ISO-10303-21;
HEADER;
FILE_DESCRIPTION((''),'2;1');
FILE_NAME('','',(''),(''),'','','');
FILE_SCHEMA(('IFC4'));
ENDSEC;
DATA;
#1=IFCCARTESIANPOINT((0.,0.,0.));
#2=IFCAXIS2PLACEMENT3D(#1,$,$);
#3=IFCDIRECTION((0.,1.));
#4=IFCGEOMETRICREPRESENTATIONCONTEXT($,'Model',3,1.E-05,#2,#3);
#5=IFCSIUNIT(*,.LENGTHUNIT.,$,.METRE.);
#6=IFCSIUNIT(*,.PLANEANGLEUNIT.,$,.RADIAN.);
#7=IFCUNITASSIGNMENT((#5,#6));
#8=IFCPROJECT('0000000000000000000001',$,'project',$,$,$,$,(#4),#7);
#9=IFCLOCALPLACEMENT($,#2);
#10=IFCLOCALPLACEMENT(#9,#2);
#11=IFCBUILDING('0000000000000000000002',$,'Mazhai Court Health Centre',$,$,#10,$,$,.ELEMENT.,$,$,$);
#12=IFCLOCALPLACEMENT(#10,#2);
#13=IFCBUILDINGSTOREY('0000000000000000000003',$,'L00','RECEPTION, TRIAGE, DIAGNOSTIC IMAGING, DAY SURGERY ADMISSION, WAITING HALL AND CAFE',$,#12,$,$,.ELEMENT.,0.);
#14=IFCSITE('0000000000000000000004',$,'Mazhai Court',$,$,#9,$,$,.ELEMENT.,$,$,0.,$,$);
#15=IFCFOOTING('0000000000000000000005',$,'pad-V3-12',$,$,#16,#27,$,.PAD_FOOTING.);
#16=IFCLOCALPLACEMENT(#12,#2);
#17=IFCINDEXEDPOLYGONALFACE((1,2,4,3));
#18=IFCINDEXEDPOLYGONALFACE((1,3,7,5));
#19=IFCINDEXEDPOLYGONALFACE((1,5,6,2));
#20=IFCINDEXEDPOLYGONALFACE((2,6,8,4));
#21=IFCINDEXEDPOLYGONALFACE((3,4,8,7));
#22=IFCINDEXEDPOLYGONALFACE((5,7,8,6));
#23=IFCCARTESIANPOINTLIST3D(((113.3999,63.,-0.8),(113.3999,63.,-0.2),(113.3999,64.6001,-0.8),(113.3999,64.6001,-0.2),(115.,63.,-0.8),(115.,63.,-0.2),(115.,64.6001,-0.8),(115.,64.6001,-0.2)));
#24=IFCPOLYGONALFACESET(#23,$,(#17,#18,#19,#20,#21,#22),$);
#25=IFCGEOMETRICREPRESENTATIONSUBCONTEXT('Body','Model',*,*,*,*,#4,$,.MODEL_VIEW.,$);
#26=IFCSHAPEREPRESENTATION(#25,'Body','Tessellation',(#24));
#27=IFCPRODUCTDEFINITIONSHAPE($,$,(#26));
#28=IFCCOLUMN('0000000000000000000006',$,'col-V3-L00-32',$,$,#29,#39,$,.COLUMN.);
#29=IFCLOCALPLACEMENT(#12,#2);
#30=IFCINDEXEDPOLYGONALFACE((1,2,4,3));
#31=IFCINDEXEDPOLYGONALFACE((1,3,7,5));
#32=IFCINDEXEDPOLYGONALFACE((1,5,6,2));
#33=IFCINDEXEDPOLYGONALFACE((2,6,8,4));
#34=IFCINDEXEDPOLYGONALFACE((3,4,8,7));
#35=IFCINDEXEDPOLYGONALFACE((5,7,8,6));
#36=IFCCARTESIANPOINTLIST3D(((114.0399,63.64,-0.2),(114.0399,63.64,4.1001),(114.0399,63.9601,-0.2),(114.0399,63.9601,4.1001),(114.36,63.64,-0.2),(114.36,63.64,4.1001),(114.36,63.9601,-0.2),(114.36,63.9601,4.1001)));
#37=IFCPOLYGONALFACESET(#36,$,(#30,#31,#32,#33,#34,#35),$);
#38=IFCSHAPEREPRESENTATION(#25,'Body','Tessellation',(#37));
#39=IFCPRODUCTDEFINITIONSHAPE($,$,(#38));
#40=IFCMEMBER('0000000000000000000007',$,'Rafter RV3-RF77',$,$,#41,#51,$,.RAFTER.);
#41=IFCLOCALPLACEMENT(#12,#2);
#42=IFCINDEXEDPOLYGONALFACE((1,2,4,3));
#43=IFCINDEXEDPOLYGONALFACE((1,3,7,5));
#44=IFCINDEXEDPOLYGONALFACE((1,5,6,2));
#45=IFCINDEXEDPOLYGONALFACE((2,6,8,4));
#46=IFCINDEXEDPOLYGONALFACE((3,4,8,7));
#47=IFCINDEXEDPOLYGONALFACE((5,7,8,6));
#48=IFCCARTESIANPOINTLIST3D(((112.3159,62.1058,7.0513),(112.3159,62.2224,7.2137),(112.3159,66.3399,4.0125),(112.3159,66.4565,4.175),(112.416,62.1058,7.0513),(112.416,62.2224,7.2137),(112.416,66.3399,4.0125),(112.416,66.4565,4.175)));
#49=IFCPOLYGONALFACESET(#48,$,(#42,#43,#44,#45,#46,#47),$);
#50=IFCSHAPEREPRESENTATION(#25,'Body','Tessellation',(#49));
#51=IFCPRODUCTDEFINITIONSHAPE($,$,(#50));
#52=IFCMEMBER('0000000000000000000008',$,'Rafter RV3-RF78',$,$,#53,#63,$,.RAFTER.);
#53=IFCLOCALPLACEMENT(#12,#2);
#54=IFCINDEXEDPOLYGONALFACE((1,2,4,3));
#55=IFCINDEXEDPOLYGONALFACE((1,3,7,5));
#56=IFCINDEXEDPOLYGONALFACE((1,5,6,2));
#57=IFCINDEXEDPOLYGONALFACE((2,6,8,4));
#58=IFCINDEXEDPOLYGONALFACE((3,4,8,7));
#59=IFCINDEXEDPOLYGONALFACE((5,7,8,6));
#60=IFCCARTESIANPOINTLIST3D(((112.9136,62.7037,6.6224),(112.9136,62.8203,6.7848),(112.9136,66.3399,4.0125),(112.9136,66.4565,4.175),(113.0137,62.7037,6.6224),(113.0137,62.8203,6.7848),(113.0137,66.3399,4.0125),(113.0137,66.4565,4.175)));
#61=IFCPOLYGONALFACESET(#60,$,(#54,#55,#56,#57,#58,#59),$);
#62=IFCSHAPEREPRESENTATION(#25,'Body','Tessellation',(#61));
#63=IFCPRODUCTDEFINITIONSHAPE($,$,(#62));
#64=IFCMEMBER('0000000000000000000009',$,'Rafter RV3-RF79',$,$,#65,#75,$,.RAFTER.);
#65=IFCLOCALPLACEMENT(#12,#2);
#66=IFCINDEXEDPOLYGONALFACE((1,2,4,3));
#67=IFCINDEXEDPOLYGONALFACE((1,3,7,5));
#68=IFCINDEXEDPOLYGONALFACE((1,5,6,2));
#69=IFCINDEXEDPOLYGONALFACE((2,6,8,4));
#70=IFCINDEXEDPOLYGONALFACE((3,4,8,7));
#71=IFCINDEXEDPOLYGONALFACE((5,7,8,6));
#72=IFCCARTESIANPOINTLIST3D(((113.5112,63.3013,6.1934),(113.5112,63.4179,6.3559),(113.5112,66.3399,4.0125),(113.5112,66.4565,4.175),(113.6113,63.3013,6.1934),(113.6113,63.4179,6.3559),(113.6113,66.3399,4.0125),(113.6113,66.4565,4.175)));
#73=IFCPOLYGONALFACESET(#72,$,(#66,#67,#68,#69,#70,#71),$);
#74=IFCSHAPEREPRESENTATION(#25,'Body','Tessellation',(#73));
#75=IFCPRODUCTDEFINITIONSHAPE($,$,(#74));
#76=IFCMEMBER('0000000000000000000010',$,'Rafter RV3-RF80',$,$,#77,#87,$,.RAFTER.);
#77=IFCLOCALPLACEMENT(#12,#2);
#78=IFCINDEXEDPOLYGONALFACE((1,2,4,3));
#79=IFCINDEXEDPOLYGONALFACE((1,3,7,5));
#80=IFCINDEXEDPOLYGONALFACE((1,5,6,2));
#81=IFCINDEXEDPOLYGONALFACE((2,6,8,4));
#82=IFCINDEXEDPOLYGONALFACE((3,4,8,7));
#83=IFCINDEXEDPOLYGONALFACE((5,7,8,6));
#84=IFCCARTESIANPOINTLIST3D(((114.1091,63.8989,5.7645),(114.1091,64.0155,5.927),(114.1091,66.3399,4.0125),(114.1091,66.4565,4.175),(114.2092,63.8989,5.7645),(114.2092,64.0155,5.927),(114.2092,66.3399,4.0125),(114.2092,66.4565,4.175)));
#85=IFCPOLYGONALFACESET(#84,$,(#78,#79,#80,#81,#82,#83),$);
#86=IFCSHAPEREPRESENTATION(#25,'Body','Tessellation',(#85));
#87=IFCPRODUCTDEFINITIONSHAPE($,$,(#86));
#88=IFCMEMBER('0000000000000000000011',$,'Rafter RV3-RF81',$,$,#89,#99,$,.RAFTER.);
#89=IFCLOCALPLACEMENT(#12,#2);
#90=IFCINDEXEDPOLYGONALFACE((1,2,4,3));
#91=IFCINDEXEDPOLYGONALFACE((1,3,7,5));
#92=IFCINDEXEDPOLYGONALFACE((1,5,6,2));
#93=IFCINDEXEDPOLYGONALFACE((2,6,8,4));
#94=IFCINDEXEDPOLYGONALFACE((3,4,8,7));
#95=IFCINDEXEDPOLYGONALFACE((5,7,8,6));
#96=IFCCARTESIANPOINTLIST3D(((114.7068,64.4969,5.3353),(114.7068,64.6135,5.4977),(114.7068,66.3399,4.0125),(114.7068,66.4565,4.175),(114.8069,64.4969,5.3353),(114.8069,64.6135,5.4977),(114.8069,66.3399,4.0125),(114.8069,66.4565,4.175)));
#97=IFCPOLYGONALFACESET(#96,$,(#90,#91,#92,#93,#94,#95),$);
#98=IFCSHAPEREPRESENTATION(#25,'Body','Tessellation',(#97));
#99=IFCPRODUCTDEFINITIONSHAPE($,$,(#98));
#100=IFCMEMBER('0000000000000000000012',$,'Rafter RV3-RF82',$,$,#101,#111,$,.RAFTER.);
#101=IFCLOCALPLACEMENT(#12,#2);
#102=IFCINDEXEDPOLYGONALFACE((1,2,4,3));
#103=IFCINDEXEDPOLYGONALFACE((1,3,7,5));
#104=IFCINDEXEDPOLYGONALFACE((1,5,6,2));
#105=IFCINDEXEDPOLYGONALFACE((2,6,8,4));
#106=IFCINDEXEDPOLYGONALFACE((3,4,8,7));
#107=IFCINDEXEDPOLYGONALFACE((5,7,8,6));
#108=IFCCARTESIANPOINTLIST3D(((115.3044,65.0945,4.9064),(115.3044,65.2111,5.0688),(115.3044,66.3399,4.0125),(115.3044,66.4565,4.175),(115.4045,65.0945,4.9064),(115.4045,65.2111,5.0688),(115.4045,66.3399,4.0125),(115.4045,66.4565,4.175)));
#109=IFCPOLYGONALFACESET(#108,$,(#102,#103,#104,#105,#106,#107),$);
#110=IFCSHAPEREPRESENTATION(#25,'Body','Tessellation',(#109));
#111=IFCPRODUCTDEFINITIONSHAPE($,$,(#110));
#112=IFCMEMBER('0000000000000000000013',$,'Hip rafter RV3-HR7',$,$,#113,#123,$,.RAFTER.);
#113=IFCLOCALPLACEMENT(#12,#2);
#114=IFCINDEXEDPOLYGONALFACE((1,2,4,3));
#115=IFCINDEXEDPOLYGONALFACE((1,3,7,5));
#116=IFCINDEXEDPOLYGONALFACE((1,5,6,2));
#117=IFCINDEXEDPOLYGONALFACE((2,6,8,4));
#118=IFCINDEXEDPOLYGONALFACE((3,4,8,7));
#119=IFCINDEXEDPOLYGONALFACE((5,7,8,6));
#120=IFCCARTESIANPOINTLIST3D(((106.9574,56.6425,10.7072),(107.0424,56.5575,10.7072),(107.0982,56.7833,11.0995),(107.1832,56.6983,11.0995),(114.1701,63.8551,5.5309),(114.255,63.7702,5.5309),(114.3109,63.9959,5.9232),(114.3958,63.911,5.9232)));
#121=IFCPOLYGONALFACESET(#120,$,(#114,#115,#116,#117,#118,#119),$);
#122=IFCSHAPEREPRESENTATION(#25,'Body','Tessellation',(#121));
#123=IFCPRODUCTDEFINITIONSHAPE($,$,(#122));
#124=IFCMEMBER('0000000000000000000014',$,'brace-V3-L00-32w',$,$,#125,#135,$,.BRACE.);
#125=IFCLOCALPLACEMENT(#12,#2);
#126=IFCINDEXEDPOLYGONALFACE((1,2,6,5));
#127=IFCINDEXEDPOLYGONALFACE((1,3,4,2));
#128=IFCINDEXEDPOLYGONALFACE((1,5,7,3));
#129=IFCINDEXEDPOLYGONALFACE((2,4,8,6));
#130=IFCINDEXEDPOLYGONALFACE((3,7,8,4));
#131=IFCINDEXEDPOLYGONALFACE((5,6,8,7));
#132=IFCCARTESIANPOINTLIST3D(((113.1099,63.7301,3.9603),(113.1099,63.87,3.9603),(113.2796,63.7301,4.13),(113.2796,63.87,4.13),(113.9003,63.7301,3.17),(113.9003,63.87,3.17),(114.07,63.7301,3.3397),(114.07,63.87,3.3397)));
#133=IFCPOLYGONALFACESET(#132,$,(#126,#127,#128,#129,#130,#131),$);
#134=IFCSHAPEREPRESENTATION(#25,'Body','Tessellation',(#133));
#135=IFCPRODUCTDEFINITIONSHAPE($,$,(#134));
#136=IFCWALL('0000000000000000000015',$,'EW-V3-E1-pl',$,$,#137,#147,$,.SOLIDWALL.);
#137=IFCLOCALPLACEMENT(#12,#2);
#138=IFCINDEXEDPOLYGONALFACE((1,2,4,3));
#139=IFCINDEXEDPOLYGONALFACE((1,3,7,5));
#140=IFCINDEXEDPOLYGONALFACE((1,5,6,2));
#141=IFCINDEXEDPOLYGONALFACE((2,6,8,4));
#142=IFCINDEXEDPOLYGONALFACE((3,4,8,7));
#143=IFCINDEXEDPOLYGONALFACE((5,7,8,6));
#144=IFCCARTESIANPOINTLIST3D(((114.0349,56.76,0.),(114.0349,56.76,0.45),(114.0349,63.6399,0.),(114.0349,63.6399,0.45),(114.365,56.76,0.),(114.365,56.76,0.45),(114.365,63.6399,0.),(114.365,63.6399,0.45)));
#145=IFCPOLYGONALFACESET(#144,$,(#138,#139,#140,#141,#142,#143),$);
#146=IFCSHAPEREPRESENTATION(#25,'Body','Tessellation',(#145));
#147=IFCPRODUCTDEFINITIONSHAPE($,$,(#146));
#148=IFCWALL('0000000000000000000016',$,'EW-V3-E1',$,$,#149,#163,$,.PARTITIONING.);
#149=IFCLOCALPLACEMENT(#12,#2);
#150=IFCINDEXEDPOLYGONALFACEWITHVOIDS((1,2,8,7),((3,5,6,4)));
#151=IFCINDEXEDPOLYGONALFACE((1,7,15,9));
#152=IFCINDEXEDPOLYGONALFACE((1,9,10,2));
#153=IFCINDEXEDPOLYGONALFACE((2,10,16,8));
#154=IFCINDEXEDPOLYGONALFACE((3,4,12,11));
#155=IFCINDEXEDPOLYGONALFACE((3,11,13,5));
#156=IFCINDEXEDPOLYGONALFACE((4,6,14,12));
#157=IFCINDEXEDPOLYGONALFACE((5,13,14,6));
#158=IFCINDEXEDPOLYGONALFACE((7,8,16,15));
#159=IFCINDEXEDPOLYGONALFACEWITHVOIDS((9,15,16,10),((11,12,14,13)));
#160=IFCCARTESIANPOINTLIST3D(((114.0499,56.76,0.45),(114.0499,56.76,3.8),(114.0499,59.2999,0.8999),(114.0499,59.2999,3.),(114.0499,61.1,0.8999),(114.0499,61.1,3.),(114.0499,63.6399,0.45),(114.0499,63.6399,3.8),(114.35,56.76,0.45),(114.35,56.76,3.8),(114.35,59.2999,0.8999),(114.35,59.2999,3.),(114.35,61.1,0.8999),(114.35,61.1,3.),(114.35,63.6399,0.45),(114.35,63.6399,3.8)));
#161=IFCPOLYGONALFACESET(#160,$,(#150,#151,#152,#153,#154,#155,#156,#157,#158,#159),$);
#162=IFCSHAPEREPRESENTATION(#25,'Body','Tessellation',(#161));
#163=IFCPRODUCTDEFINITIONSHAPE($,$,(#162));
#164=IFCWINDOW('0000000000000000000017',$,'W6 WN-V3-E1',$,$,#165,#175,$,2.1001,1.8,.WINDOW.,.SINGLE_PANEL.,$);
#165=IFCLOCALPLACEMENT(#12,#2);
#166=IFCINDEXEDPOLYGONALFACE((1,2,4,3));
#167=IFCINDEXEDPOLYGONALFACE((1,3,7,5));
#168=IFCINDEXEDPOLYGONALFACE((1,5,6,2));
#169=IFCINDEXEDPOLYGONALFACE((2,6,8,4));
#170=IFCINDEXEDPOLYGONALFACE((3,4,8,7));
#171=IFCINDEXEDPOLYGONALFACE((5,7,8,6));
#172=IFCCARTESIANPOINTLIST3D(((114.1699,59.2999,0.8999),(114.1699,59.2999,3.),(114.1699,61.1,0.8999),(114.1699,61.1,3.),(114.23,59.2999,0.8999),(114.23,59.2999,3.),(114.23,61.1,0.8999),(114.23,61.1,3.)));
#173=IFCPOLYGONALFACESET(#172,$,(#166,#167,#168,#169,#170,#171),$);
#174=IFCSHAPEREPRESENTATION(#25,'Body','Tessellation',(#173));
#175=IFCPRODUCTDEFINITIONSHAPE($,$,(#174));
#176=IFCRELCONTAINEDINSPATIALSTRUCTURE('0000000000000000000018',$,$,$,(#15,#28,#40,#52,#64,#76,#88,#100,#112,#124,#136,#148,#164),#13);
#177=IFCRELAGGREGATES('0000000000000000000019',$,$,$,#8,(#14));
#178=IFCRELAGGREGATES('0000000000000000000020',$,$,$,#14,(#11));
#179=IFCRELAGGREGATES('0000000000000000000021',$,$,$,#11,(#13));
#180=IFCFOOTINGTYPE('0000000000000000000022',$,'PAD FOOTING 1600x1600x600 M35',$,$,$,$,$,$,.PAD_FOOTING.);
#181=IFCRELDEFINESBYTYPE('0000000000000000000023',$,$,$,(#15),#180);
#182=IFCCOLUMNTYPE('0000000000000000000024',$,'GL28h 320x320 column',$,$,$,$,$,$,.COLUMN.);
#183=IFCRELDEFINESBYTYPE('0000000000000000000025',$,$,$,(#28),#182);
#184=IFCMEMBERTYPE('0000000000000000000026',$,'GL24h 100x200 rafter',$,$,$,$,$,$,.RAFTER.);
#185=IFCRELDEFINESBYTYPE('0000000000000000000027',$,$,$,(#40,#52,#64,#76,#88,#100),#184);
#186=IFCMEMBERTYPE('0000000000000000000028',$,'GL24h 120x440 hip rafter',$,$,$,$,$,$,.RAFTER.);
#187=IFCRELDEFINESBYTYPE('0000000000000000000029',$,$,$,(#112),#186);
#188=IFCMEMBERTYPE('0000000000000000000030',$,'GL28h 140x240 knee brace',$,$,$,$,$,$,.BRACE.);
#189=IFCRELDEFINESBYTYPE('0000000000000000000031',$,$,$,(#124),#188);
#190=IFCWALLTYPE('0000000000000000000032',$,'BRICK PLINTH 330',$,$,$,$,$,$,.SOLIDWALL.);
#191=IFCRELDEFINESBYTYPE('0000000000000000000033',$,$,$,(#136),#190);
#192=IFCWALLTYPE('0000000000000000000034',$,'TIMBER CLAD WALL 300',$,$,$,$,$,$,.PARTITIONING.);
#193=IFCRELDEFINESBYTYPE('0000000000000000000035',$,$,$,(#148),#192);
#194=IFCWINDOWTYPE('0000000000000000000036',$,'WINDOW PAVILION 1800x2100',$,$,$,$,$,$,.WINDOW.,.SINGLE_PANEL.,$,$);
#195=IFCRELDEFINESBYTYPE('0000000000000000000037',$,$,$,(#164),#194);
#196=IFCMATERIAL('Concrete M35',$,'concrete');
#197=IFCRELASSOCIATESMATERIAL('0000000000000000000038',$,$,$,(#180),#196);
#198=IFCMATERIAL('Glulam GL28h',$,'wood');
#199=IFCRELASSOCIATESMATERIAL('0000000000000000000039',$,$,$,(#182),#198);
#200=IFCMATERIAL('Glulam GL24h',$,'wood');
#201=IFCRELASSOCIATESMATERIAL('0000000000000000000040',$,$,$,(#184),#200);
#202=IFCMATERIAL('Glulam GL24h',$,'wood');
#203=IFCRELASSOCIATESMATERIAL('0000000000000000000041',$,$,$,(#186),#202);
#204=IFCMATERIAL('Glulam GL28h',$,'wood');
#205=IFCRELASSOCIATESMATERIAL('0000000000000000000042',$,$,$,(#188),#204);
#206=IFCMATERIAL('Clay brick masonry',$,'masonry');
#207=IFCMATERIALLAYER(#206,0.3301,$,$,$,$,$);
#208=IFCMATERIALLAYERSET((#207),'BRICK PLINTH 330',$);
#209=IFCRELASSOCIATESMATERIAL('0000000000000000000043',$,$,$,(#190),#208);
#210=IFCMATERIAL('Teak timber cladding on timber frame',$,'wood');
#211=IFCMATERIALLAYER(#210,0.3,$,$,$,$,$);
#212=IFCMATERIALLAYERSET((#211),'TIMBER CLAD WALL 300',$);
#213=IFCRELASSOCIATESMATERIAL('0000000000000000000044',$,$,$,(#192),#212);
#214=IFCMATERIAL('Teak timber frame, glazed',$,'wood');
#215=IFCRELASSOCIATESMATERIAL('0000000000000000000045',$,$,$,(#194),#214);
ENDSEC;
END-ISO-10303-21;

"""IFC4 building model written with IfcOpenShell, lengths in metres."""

from ifc_helpers import new_model, si_unit, direction, frame, frame_2d, origin, origin_2d, place, context, subcontext, project, spatial, rectangle, extrude, material, layer, layer_set, material_profile, profile_set, type_object, element, fill, save


model = new_model("IFC4")

# Units and contexts
model_context = context("Model", 3, precision=1e-05, world=origin(), true_north=direction((0.0, 1.0)))
body_context = subcontext(model_context, "Body", "Model", "MODEL_VIEW")
ifc_project = project(units=[si_unit("LENGTHUNIT", "METRE"), si_unit("PLANEANGLEUNIT", "RADIAN")], contexts=[model_context])

# Site, building, storey
site_placement = place(None, origin())
site = spatial("IfcSite", under=ifc_project, at=site_placement, Name="Mazhai Court", CompositionType="ELEMENT", RefElevation=0.0)
building_placement = place(site_placement, origin())
building = spatial("IfcBuilding", under=site, at=building_placement, Name="Mazhai Court Health Centre", CompositionType="ELEMENT")
storey_placement = place(building_placement, origin())
storey = spatial("IfcBuildingStorey", under=building, at=storey_placement, Name="L00", Description="RECEPTION, TRIAGE, DIAGNOSTIC IMAGING, DAY SURGERY ADMISSION, WAITING HALL AND CAFE", CompositionType="ELEMENT", Elevation=0.0)

# Footing
ifc_material_1 = material(Name="Concrete M35", Category="concrete")
footing_type = type_object("IfcFootingType", Name="PAD FOOTING 1600x1600x600 M35", PredefinedType="PAD_FOOTING", material=ifc_material_1)
footing_placement = place(storey_placement, frame((114.2, 63.8, -0.8), z_axis=(0.0, 0.0, 1.0), x_axis=(1.0, 0.0, 0.0)))
element("IfcFooting", 1, at=footing_placement, inside=storey, type_object=footing_type, Name="pad-V3-12", PredefinedType="PAD_FOOTING", context=body_context, shape_type="SweptSolid", body=[
    extrude(rectangle(XDim=1.6001, YDim=1.6001, at=origin_2d()), origin(), (0.0, 0.0, 1.0), 0.6001),
])

# Column
ifc_material_2 = material(Name="Glulam GL28h", Category="wood")
ifc_material_profile_1 = material_profile(ifc_material_2, rectangle(XDim=0.3201, YDim=0.3201, at=origin_2d()), Name="GL28h 320x320")
ifc_profile_set_1 = profile_set([ifc_material_profile_1], Name="Glulam GL28h")
column_type = type_object("IfcColumnType", Name="GL28h 320x320 column", PredefinedType="COLUMN", material=ifc_profile_set_1)
column_placement = place(storey_placement, frame((114.2, 63.8, -0.2), z_axis=(0.0, 0.0, 1.0), x_axis=(1.0, 0.0, 0.0)))
element("IfcColumn", 2, at=column_placement, inside=storey, type_object=column_type, Name="col-V3-L00-32", PredefinedType="COLUMN", context=body_context, shape_type="SweptSolid", body=[
    extrude(rectangle(XDim=0.3201, YDim=0.3201, at=origin_2d()), origin(), (0.0, 0.0, 1.0), 4.3),
])

# Members
ifc_material_3 = material(Name="Glulam GL24h", Category="wood")
ifc_material_profile_2 = material_profile(ifc_material_3, rectangle(XDim=0.1001, YDim=0.2, at=origin_2d()), Name="GL24h 100x200")
ifc_profile_set_2 = profile_set([ifc_material_profile_2], Name="Glulam GL24h")
member_type_1 = type_object("IfcMemberType", Name="GL24h 100x200 rafter", PredefinedType="RAFTER", material=ifc_profile_set_2)
member_1_placement = place(storey_placement, frame((112.366, 66.3982, 4.0938), z_axis=(0.0, -0.812421, 0.583071), x_axis=(1.0, 0.0, 0.0)))
element("IfcMember", 3, at=member_1_placement, inside=storey, type_object=member_type_1, Name="Rafter RV3-RF77", PredefinedType="RAFTER", context=body_context, shape_type="SweptSolid", body=[
    extrude(rectangle(XDim=0.1001, YDim=0.2, at=origin_2d()), origin(), (0.0, 0.0, 1.0), 5.2117),
])
member_2_placement = place(storey_placement, frame((112.9636, 66.3982, 4.0938), z_axis=(0.0, -0.812405, 0.583094), x_axis=(1.0, 0.0, 0.0)))
element("IfcMember", 4, at=member_2_placement, inside=storey, type_object=member_type_1, Name="Rafter RV3-RF78", PredefinedType="RAFTER", context=body_context, shape_type="SweptSolid", body=[
    extrude(rectangle(XDim=0.1001, YDim=0.2, at=origin_2d()), origin(), (0.0, 0.0, 1.0), 4.4758),
])
member_3_placement = place(storey_placement, frame((113.5613, 66.3982, 4.0938), z_axis=(0.0, -0.812404, 0.583095), x_axis=(1.0, 0.0, 0.0)))
element("IfcMember", 5, at=member_3_placement, inside=storey, type_object=member_type_1, Name="Rafter RV3-RF79", PredefinedType="RAFTER", context=body_context, shape_type="SweptSolid", body=[
    extrude(rectangle(XDim=0.1001, YDim=0.2, at=origin_2d()), origin(), (0.0, 0.0, 1.0), 3.7402),
])
member_4_placement = place(storey_placement, frame((114.1592, 66.3982, 4.0938), z_axis=(0.0, -0.812403, 0.583097), x_axis=(1.0, 0.0, 0.0)))
element("IfcMember", 6, at=member_4_placement, inside=storey, type_object=member_type_1, Name="Rafter RV3-RF80", PredefinedType="RAFTER", context=body_context, shape_type="SweptSolid", body=[
    extrude(rectangle(XDim=0.1001, YDim=0.2, at=origin_2d()), origin(), (0.0, 0.0, 1.0), 3.0046),
])
member_5_placement = place(storey_placement, frame((114.7568, 66.3982, 4.0938), z_axis=(0.0, -0.812415, 0.583079), x_axis=(1.0, 0.0, 0.0)))
element("IfcMember", 7, at=member_5_placement, inside=storey, type_object=member_type_1, Name="Rafter RV3-RF81", PredefinedType="RAFTER", context=body_context, shape_type="SweptSolid", body=[
    extrude(rectangle(XDim=0.1001, YDim=0.2, at=origin_2d()), origin(), (0.0, 0.0, 1.0), 2.2686),
])
member_6_placement = place(storey_placement, frame((115.3545, 66.3982, 4.0938), z_axis=(0.0, -0.812419, 0.583075), x_axis=(1.0, 0.0, 0.0)))
element("IfcMember", 8, at=member_6_placement, inside=storey, type_object=member_type_1, Name="Rafter RV3-RF82", PredefinedType="RAFTER", context=body_context, shape_type="SweptSolid", body=[
    extrude(rectangle(XDim=0.1001, YDim=0.2, at=origin_2d()), origin(), (0.0, 0.0, 1.0), 1.533),
])
ifc_material_4 = material(Name="Glulam GL24h", Category="wood")
ifc_material_profile_3 = material_profile(ifc_material_4, rectangle(XDim=0.1201, YDim=0.4399, at=origin_2d()), Name="GL24h 120x440")
ifc_profile_set_3 = profile_set([ifc_material_profile_3], Name="Glulam GL24h")
member_type_2 = type_object("IfcMemberType", Name="GL24h 120x440 hip rafter", PredefinedType="RAFTER", material=ifc_profile_set_3)
member_7_placement = place(storey_placement, frame((114.283, 63.8831, 5.7271), z_axis=(-0.630561, -0.630561, 0.452532), x_axis=(0.707107, -0.707107, 0.0)))
element("IfcMember", 9, at=member_7_placement, inside=storey, type_object=member_type_2, Name="Hip rafter RV3-HR7", PredefinedType="RAFTER", context=body_context, shape_type="SweptSolid", body=[
    extrude(rectangle(XDim=0.1201, YDim=0.4399, at=origin_2d()), origin(), (0.0, 0.0, 1.0), 11.4385),
])
ifc_material_5 = material(Name="Glulam GL28h", Category="wood")
ifc_material_profile_4 = material_profile(ifc_material_5, rectangle(XDim=0.1399, YDim=0.24, at=origin_2d()), Name="GL28h 140x240")
ifc_profile_set_4 = profile_set([ifc_material_profile_4], Name="Glulam GL28h")
member_type_3 = type_object("IfcMemberType", Name="GL28h 140x240 knee brace", PredefinedType="BRACE", material=ifc_profile_set_4)
member_8_placement = place(storey_placement, frame((113.9851, 63.8, 3.2549), z_axis=(-0.707107, 0.0, 0.707107), x_axis=(0.0, -1.0, 0.0)))
element("IfcMember", 10, at=member_8_placement, inside=storey, type_object=member_type_3, Name="brace-V3-L00-32w", PredefinedType="BRACE", context=body_context, shape_type="SweptSolid", body=[
    extrude(rectangle(XDim=0.1399, YDim=0.24, at=origin_2d()), origin(), (0.0, 0.0, 1.0), 1.1177),
])

# Wall
ifc_material_6 = material(Name="Clay brick masonry", Category="masonry")
ifc_layer_1 = layer(ifc_material_6, 0.3301)
ifc_layer_set_1 = layer_set([ifc_layer_1], Name="BRICK PLINTH 330")
wall_type_1 = type_object("IfcWallType", Name="BRICK PLINTH 330", PredefinedType="SOLIDWALL", material=ifc_layer_set_1)
wall_1_placement = place(storey_placement, frame((114.2, 63.6399, 0.0), z_axis=(0.0, 0.0, 1.0), x_axis=(0.0, -1.0, 0.0)))
element("IfcWall", 11, at=wall_1_placement, inside=storey, type_object=wall_type_1, Name="EW-V3-E1-pl", PredefinedType="SOLIDWALL", context=body_context, shape_type="SweptSolid", body=[
    extrude(rectangle(XDim=6.8799, YDim=0.3301, at=frame_2d((3.4399, 0.0))), origin(), (0.0, 0.0, 1.0), 0.45),
])

# Wall, opening, window
ifc_material_7 = material(Name="Teak timber cladding on timber frame", Category="wood")
ifc_layer_2 = layer(ifc_material_7, 0.3)
ifc_layer_set_2 = layer_set([ifc_layer_2], Name="TIMBER CLAD WALL 300")
wall_type_2 = type_object("IfcWallType", Name="TIMBER CLAD WALL 300", PredefinedType="PARTITIONING", material=ifc_layer_set_2)
wall_2_placement = place(storey_placement, frame((114.2, 63.6399, 0.45), z_axis=(0.0, 0.0, 1.0), x_axis=(0.0, -1.0, 0.0)))
wall_2 = element("IfcWall", 12, at=wall_2_placement, inside=storey, type_object=wall_type_2, Name="EW-V3-E1", PredefinedType="PARTITIONING", context=body_context, shape_type="SweptSolid", body=[
    extrude(rectangle(XDim=6.8799, YDim=0.3, at=frame_2d((3.4399, 0.0))), origin(), (0.0, 0.0, 1.0), 3.3501),
])
opening_placement = place(wall_2_placement, frame((2.54, 0.0, 0.45)))
opening = element("IfcOpeningElement", 13, at=opening_placement, cuts=wall_2, PredefinedType="OPENING", context=body_context, shape_type="SweptSolid", body=[
    extrude(rectangle(XDim=1.8, YDim=2.1001, at=frame_2d((0.8999, 1.05))), frame((0.0, 0.1599, 0.0), z_axis=(0.0, -1.0, 0.0), x_axis=(1.0, 0.0, 0.0)), (0.0, 0.0, 1.0), 0.3201),
])
ifc_material_8 = material(Name="Teak timber frame, glazed", Category="wood")
window_type = type_object("IfcWindowType", Name="WINDOW PAVILION 1800x2100", PartitioningType="SINGLE_PANEL", PredefinedType="WINDOW", material=ifc_material_8)
window_placement = place(opening_placement, origin())
window = element("IfcWindow", 14, at=window_placement, inside=storey, type_object=window_type, Name="W6 WN-V3-E1", OverallHeight=2.1001, OverallWidth=1.8, PartitioningType="SINGLE_PANEL", PredefinedType="WINDOW", context=body_context, shape_type="SweptSolid", body=[
    extrude(rectangle(XDim=1.8, YDim=2.1001, at=frame_2d((0.8999, 1.05))), frame((0.0, 0.03, 0.0), z_axis=(0.0, -1.0, 0.0), x_axis=(1.0, 0.0, 0.0)), (0.0, 0.0, 1.0), 0.0601),
])
fill(opening, window)

save(model, "model.ifc")
